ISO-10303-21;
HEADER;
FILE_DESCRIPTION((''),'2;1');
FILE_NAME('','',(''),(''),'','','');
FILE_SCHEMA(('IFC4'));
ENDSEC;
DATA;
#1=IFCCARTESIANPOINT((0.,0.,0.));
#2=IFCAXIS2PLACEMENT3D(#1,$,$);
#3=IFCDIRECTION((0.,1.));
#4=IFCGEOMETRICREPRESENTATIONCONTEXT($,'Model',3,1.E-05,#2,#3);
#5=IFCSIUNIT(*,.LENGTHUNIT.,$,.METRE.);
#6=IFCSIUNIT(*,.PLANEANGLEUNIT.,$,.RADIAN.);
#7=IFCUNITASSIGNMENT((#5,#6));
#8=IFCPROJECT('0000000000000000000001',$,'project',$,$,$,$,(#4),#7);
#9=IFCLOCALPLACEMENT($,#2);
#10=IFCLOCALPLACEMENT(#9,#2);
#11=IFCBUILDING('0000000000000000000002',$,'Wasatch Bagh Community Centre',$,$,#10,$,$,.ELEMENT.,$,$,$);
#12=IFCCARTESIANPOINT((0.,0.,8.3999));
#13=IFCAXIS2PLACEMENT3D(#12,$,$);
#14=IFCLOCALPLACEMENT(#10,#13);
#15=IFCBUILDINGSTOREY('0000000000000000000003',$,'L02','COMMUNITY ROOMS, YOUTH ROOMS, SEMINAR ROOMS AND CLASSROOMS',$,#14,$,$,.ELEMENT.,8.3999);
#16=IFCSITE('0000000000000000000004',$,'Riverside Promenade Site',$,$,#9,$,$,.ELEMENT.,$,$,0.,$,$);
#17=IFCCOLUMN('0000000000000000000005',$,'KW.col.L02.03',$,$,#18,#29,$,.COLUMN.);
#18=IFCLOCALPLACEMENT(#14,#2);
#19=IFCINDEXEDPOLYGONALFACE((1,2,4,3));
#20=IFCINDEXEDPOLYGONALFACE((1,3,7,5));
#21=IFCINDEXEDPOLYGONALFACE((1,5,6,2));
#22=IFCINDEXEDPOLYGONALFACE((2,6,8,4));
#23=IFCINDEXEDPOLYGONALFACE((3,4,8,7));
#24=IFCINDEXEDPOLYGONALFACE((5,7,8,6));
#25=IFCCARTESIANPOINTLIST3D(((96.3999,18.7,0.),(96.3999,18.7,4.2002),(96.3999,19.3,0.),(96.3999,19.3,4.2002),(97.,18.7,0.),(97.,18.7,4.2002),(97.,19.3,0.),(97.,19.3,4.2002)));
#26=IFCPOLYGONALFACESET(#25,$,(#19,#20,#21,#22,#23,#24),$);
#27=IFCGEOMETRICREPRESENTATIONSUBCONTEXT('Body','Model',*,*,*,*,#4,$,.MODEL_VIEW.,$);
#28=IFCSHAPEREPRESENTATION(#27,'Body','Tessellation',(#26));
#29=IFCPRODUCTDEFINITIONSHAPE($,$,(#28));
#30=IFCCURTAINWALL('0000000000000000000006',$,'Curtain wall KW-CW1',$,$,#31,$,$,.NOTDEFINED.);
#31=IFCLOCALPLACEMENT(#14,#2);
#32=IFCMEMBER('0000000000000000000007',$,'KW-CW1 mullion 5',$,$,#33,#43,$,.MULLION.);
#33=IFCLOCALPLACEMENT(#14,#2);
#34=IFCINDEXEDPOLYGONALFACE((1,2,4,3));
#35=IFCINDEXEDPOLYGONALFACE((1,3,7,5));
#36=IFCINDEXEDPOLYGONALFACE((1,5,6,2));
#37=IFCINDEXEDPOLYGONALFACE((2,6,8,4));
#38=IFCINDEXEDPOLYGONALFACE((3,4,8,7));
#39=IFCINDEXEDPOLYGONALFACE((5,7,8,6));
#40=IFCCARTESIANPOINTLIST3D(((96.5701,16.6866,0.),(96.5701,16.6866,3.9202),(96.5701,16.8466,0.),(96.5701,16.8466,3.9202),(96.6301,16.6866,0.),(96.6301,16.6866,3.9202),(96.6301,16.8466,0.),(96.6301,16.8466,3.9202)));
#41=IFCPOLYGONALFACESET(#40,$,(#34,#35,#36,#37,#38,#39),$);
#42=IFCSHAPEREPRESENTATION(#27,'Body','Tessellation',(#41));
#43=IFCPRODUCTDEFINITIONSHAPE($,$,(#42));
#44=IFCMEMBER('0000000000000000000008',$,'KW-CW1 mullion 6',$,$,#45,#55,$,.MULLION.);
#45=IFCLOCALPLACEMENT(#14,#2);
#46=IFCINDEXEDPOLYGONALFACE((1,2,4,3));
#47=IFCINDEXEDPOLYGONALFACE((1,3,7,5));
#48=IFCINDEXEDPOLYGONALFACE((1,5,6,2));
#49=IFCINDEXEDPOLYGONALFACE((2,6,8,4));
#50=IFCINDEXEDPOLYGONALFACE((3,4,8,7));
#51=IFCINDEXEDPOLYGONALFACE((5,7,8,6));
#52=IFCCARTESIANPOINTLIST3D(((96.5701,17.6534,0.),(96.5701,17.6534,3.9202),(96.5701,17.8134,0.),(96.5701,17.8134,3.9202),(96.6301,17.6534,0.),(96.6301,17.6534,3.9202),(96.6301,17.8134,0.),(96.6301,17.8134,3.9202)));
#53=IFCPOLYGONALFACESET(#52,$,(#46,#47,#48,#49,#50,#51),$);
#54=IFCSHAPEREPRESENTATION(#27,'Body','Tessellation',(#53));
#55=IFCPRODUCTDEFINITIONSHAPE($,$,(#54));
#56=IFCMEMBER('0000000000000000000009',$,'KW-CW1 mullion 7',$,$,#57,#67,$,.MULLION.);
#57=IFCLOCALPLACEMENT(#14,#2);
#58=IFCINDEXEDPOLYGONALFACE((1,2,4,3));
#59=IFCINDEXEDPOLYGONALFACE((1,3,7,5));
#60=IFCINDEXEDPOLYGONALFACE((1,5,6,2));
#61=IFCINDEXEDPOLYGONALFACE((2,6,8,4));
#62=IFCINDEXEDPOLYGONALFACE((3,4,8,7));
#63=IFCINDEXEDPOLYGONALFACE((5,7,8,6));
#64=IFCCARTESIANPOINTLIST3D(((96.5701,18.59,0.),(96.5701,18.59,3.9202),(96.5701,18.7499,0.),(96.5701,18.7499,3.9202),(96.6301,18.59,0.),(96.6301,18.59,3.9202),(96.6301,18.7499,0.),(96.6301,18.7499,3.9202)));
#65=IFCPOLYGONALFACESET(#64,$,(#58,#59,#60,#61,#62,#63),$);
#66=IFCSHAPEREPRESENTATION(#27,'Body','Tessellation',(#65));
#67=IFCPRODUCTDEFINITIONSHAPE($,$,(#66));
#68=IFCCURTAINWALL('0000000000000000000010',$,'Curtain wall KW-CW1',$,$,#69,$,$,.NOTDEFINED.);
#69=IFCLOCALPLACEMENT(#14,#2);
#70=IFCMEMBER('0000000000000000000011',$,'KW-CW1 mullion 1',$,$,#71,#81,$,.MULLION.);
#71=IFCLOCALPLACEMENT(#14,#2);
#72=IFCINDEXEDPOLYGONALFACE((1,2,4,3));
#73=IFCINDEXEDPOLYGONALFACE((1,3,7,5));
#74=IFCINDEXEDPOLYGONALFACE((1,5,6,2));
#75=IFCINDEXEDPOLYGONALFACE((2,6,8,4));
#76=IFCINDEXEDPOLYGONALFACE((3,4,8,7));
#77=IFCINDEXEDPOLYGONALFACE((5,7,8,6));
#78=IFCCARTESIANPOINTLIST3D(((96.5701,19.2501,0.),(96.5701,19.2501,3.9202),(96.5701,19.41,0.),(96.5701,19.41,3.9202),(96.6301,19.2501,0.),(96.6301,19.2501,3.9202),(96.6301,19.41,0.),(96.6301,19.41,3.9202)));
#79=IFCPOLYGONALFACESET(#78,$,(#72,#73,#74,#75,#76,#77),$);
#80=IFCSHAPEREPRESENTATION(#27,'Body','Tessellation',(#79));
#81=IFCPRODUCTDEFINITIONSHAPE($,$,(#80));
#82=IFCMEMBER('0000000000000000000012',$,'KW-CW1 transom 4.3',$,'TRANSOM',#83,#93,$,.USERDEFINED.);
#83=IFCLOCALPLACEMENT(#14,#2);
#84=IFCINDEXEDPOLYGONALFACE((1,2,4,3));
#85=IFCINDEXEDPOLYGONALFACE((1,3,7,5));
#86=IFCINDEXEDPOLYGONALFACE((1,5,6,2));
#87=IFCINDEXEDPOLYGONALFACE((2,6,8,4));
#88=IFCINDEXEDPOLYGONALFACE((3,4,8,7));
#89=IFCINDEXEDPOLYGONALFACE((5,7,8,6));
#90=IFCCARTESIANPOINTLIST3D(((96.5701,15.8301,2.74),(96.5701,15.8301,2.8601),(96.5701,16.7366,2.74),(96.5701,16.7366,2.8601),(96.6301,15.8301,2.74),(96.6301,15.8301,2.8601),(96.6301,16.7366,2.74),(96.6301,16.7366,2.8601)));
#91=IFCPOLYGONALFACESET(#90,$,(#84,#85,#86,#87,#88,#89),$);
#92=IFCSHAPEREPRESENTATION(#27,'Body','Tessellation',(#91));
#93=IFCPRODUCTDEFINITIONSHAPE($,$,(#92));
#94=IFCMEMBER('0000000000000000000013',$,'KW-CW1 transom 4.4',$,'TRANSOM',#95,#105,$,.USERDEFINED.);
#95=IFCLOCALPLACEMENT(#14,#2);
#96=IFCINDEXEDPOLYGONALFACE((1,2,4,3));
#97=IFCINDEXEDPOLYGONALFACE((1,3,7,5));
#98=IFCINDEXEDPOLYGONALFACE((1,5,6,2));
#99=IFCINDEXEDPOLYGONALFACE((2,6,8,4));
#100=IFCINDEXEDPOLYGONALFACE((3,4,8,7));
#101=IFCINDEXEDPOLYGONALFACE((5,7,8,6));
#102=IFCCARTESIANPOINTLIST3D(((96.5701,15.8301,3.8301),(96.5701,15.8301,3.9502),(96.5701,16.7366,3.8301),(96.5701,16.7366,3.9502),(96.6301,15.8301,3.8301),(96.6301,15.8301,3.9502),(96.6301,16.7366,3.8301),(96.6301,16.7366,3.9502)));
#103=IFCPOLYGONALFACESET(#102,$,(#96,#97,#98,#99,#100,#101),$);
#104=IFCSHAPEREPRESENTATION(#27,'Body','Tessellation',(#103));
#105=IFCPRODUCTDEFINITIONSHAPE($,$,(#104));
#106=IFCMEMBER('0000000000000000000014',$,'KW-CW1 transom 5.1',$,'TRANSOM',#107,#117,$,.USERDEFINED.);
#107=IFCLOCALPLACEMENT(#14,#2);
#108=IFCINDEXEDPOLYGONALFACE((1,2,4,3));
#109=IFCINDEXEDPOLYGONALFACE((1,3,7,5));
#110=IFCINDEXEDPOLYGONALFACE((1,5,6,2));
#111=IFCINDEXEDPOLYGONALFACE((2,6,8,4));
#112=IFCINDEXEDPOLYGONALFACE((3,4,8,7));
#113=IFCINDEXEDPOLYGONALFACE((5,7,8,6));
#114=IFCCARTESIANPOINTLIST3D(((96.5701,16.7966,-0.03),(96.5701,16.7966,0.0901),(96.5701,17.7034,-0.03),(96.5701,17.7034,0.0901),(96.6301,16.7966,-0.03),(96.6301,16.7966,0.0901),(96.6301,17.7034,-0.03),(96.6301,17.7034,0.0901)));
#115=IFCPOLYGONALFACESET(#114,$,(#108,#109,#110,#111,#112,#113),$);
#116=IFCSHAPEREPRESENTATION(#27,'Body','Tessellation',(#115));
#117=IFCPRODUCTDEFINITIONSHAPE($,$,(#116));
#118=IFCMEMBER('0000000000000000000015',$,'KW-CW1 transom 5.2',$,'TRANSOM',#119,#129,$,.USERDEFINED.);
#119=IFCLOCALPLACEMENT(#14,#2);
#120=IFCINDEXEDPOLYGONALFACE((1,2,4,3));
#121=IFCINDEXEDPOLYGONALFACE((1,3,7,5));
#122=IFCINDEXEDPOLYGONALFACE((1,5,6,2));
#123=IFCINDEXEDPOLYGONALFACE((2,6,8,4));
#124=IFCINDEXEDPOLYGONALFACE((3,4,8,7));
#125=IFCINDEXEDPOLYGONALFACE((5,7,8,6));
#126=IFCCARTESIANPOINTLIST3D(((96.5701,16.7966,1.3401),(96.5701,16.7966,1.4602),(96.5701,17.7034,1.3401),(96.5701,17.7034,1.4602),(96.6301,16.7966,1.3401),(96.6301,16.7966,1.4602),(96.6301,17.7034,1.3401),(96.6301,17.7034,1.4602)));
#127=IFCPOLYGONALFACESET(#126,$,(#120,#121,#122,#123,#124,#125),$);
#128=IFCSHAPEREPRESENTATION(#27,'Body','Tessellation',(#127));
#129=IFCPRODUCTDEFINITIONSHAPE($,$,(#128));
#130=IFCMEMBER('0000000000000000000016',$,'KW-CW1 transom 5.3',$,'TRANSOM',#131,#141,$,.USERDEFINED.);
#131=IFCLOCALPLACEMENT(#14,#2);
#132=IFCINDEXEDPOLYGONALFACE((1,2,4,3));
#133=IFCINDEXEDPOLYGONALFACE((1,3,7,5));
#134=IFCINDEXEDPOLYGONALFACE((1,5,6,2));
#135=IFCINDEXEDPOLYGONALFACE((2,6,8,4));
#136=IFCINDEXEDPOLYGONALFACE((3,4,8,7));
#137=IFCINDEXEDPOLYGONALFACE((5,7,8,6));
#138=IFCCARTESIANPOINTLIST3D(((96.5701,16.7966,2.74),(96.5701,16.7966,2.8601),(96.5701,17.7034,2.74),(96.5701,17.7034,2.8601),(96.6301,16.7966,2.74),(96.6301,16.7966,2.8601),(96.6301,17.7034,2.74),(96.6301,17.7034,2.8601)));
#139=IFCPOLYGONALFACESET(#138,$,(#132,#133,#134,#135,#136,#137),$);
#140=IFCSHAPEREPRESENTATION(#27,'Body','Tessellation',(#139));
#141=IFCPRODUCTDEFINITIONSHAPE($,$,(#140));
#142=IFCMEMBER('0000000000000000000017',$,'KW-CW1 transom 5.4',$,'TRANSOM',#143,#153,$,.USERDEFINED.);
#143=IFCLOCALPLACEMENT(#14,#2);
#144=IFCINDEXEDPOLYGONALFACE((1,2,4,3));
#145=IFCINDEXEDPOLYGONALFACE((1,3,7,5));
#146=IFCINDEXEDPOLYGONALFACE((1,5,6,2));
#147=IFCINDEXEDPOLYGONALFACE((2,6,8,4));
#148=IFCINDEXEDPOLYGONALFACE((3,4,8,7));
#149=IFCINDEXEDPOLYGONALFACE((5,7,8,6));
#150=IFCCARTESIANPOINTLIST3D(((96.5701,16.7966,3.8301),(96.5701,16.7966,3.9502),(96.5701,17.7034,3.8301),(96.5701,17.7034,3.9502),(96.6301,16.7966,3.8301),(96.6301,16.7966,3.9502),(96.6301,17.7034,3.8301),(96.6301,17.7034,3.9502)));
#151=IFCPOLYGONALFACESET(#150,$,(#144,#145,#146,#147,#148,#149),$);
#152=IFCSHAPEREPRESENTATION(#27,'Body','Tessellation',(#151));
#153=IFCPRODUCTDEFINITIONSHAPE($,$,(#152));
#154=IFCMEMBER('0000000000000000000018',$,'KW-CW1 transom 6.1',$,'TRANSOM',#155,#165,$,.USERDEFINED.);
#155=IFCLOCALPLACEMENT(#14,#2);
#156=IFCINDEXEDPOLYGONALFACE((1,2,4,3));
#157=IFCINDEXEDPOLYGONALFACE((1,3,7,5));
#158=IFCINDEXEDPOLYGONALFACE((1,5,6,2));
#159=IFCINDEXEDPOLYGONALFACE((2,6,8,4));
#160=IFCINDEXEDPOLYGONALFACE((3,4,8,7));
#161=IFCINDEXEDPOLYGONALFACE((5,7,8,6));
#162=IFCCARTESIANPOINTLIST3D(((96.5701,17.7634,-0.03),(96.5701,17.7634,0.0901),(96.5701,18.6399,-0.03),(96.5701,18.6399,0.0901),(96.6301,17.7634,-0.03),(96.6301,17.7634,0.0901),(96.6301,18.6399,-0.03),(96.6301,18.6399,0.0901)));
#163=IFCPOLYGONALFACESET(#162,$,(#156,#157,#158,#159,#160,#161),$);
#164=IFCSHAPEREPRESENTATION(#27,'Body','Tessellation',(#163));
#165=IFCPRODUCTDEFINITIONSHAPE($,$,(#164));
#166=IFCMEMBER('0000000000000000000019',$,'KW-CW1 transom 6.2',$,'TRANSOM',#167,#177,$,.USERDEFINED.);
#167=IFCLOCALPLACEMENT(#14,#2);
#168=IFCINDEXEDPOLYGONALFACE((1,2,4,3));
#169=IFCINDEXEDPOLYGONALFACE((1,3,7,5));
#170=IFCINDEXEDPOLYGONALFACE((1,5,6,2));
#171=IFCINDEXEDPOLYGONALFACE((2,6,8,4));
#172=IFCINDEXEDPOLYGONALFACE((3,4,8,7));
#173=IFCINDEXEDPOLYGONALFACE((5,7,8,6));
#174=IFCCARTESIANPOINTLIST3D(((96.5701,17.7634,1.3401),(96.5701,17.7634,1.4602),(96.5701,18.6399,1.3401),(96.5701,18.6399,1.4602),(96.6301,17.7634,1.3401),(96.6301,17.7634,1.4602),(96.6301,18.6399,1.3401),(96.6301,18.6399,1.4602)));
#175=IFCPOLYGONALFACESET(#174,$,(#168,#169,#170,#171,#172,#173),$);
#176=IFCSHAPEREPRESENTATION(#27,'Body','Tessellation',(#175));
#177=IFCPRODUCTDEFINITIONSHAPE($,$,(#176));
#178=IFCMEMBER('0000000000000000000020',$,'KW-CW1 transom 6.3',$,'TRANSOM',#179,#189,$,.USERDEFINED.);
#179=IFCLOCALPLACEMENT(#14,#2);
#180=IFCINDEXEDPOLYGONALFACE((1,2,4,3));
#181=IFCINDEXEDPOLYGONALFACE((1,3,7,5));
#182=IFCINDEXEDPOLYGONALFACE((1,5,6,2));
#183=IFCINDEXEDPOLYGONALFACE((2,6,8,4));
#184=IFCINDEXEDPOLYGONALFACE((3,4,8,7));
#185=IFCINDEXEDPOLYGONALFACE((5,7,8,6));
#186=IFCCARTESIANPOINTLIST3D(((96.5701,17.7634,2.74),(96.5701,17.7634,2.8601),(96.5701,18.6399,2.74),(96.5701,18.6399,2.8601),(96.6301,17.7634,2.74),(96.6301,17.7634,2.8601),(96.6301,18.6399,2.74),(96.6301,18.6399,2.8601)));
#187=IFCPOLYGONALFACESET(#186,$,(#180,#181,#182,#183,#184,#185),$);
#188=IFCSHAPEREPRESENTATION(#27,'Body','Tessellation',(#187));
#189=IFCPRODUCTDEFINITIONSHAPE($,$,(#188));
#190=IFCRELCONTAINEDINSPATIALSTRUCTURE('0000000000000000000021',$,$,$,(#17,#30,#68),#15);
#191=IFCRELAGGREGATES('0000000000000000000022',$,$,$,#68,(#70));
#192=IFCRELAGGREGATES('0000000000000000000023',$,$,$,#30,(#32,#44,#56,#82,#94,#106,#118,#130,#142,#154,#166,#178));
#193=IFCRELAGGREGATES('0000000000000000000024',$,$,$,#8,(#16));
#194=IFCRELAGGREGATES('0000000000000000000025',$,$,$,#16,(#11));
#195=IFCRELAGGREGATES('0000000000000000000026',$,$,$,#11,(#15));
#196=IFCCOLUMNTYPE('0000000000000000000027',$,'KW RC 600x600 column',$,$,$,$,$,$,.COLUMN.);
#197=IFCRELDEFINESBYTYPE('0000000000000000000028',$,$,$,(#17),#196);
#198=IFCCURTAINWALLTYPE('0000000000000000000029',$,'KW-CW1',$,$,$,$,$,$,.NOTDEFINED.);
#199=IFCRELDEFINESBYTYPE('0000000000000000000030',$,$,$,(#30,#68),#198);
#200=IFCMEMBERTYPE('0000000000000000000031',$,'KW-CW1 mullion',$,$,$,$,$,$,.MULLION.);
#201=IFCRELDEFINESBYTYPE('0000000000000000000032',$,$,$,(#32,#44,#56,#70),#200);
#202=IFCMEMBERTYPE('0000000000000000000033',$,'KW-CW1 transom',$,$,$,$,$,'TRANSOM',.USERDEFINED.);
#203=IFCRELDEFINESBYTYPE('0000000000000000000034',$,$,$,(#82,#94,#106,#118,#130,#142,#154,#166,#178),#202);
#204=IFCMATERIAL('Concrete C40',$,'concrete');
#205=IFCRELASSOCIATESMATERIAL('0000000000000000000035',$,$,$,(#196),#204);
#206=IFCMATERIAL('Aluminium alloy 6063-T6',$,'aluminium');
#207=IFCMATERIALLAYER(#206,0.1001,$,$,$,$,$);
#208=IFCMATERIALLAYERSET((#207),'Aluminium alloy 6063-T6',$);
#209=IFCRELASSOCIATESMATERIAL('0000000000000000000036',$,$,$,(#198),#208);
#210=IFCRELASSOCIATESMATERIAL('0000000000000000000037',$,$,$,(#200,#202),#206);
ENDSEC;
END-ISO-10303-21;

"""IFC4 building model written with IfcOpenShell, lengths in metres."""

from ifc_helpers import new_model, si_unit, direction, frame, origin, origin_2d, place, context, subcontext, project, spatial, rectangle, extrude, material, layer, layer_set, material_profile, profile_set, type_object, element, aggregate, save


model = new_model("IFC4")

# Units and contexts
model_context = context("Model", 3, precision=1e-05, world=origin(), true_north=direction((0.0, 1.0)))
body_context = subcontext(model_context, "Body", "Model", "MODEL_VIEW")
ifc_project = project(units=[si_unit("LENGTHUNIT", "METRE"), si_unit("PLANEANGLEUNIT", "RADIAN")], contexts=[model_context])

# Site, building, storey
site_placement = place(None, origin())
site = spatial("IfcSite", under=ifc_project, at=site_placement, Name="Riverside Promenade Site", CompositionType="ELEMENT", RefElevation=0.0)
building_placement = place(site_placement, origin())
building = spatial("IfcBuilding", under=site, at=building_placement, Name="Wasatch Bagh Community Centre", CompositionType="ELEMENT")
storey_placement = place(building_placement, frame((0.0, 0.0, 8.3999)))
storey = spatial("IfcBuildingStorey", under=building, at=storey_placement, Name="L02", Description="COMMUNITY ROOMS, YOUTH ROOMS, SEMINAR ROOMS AND CLASSROOMS", CompositionType="ELEMENT", Elevation=8.3999)

# Column
ifc_material_1 = material(Name="Concrete C40", Category="concrete")
ifc_material_profile_1 = material_profile(ifc_material_1, rectangle(XDim=0.6001, YDim=0.6001, at=origin_2d()), Name="RC 600x600")
ifc_profile_set_1 = profile_set([ifc_material_profile_1], Name="Concrete C40")
column_type = type_object("IfcColumnType", Name="KW RC 600x600 column", PredefinedType="COLUMN", material=ifc_profile_set_1)
column_placement = place(storey_placement, frame((96.7, 19.0, 0.0), z_axis=(0.0, 0.0, 1.0), x_axis=(1.0, 0.0, 0.0)))
element("IfcColumn", 1, at=column_placement, inside=storey, type_object=column_type, Name="KW.col.L02.03", PredefinedType="COLUMN", context=body_context, shape_type="SweptSolid", body=[
    extrude(rectangle(XDim=0.6001, YDim=0.6001, at=origin_2d()), origin(), (0.0, 0.0, 1.0), 4.2002),
])

# Curtain wall, members
ifc_material_2 = material(Name="Aluminium alloy 6063-T6", Category="aluminium")
ifc_layer_1 = layer(ifc_material_2, 0.1001)
ifc_layer_set_1 = layer_set([ifc_layer_1], Name="Aluminium alloy 6063-T6")
curtain_wall_type = type_object("IfcCurtainWallType", Name="KW-CW1", PredefinedType="NOTDEFINED", material=ifc_layer_set_1)
curtain_wall_1_placement = place(storey_placement, origin())
curtain_wall_1 = element("IfcCurtainWall", 2, at=curtain_wall_1_placement, inside=storey, type_object=curtain_wall_type, Name="Curtain wall KW-CW1", PredefinedType="NOTDEFINED")
ifc_material_profile_2 = material_profile(ifc_material_2, rectangle(XDim=0.0601, YDim=0.1599, at=origin_2d()), Name="AL 60x160")
ifc_profile_set_2 = profile_set([ifc_material_profile_2], Name="Aluminium alloy 6063-T6")
member_type_1 = type_object("IfcMemberType", Name="KW-CW1 mullion", PredefinedType="MULLION", material=ifc_profile_set_2)
member_1_placement = place(storey_placement, frame((96.6001, 16.7666, 0.0), z_axis=(0.0, 0.0, 1.0), x_axis=(-1.0, 0.0, 0.0)))
member_1 = element("IfcMember", 3, at=member_1_placement, type_object=member_type_1, Name="KW-CW1 mullion 5", PredefinedType="MULLION", context=body_context, shape_type="SweptSolid", body=[
    extrude(rectangle(XDim=0.0601, YDim=0.1599, at=origin_2d()), origin(), (0.0, 0.0, 1.0), 3.9202),
])
member_2_placement = place(storey_placement, frame((96.6001, 17.7334, 0.0), z_axis=(0.0, 0.0, 1.0), x_axis=(-1.0, 0.0, 0.0)))
member_2 = element("IfcMember", 4, at=member_2_placement, type_object=member_type_1, Name="KW-CW1 mullion 6", PredefinedType="MULLION", context=body_context, shape_type="SweptSolid", body=[
    extrude(rectangle(XDim=0.0601, YDim=0.1599, at=origin_2d()), origin(), (0.0, 0.0, 1.0), 3.9202),
])
member_3_placement = place(storey_placement, frame((96.6001, 18.6699, 0.0), z_axis=(0.0, 0.0, 1.0), x_axis=(-1.0, 0.0, 0.0)))
member_3 = element("IfcMember", 5, at=member_3_placement, type_object=member_type_1, Name="KW-CW1 mullion 7", PredefinedType="MULLION", context=body_context, shape_type="SweptSolid", body=[
    extrude(rectangle(XDim=0.0601, YDim=0.1599, at=origin_2d()), origin(), (0.0, 0.0, 1.0), 3.9202),
])

# Curtain wall, member
curtain_wall_2_placement = place(storey_placement, origin())
curtain_wall_2 = element("IfcCurtainWall", 6, at=curtain_wall_2_placement, inside=storey, type_object=curtain_wall_type, Name="Curtain wall KW-CW1", PredefinedType="NOTDEFINED")
member_4_placement = place(storey_placement, frame((96.6001, 19.3301, 0.0), z_axis=(0.0, 0.0, 1.0), x_axis=(-1.0, 0.0, 0.0)))
member_4 = element("IfcMember", 7, at=member_4_placement, type_object=member_type_1, Name="KW-CW1 mullion 1", PredefinedType="MULLION", context=body_context, shape_type="SweptSolid", body=[
    extrude(rectangle(XDim=0.0601, YDim=0.1599, at=origin_2d()), origin(), (0.0, 0.0, 1.0), 3.9202),
])

# Members
ifc_material_profile_3 = material_profile(ifc_material_2, rectangle(XDim=0.0601, YDim=0.1201, at=origin_2d()), Name="AL 60x120")
ifc_profile_set_3 = profile_set([ifc_material_profile_3], Name="Aluminium alloy 6063-T6")
member_type_2 = type_object("IfcMemberType", Name="KW-CW1 transom", ElementType="TRANSOM", PredefinedType="USERDEFINED", material=ifc_profile_set_3)
member_5_placement = place(storey_placement, frame((96.6001, 15.8301, 2.8), z_axis=(0.0, 1.0, 0.0), x_axis=(-1.0, 0.0, 0.0)))
member_5 = element("IfcMember", 8, at=member_5_placement, type_object=member_type_2, Name="KW-CW1 transom 4.3", ObjectType="TRANSOM", PredefinedType="USERDEFINED", context=body_context, shape_type="SweptSolid", body=[
    extrude(rectangle(XDim=0.0601, YDim=0.1201, at=origin_2d()), origin(), (0.0, 0.0, 1.0), 0.9065),
])
member_6_placement = place(storey_placement, frame((96.6001, 15.8301, 3.8901), z_axis=(0.0, 1.0, 0.0), x_axis=(-1.0, 0.0, 0.0)))
member_6 = element("IfcMember", 9, at=member_6_placement, type_object=member_type_2, Name="KW-CW1 transom 4.4", ObjectType="TRANSOM", PredefinedType="USERDEFINED", context=body_context, shape_type="SweptSolid", body=[
    extrude(rectangle(XDim=0.0601, YDim=0.1201, at=origin_2d()), origin(), (0.0, 0.0, 1.0), 0.9065),
])
member_7_placement = place(storey_placement, frame((96.6001, 16.7966, 0.03), z_axis=(0.0, 1.0, 0.0), x_axis=(-1.0, 0.0, 0.0)))
member_7 = element("IfcMember", 10, at=member_7_placement, type_object=member_type_2, Name="KW-CW1 transom 5.1", ObjectType="TRANSOM", PredefinedType="USERDEFINED", context=body_context, shape_type="SweptSolid", body=[
    extrude(rectangle(XDim=0.0601, YDim=0.1201, at=origin_2d()), origin(), (0.0, 0.0, 1.0), 0.9067),
])
member_8_placement = place(storey_placement, frame((96.6001, 16.7966, 1.4001), z_axis=(0.0, 1.0, 0.0), x_axis=(-1.0, 0.0, 0.0)))
member_8 = element("IfcMember", 11, at=member_8_placement, type_object=member_type_2, Name="KW-CW1 transom 5.2", ObjectType="TRANSOM", PredefinedType="USERDEFINED", context=body_context, shape_type="SweptSolid", body=[
    extrude(rectangle(XDim=0.0601, YDim=0.1201, at=origin_2d()), origin(), (0.0, 0.0, 1.0), 0.9067),
])
member_9_placement = place(storey_placement, frame((96.6001, 16.7966, 2.8), z_axis=(0.0, 1.0, 0.0), x_axis=(-1.0, 0.0, 0.0)))
member_9 = element("IfcMember", 12, at=member_9_placement, type_object=member_type_2, Name="KW-CW1 transom 5.3", ObjectType="TRANSOM", PredefinedType="USERDEFINED", context=body_context, shape_type="SweptSolid", body=[
    extrude(rectangle(XDim=0.0601, YDim=0.1201, at=origin_2d()), origin(), (0.0, 0.0, 1.0), 0.9067),
])
member_10_placement = place(storey_placement, frame((96.6001, 16.7966, 3.8901), z_axis=(0.0, 1.0, 0.0), x_axis=(-1.0, 0.0, 0.0)))
member_10 = element("IfcMember", 13, at=member_10_placement, type_object=member_type_2, Name="KW-CW1 transom 5.4", ObjectType="TRANSOM", PredefinedType="USERDEFINED", context=body_context, shape_type="SweptSolid", body=[
    extrude(rectangle(XDim=0.0601, YDim=0.1201, at=origin_2d()), origin(), (0.0, 0.0, 1.0), 0.9067),
])
member_11_placement = place(storey_placement, frame((96.6001, 17.7634, 0.03), z_axis=(0.0, 1.0, 0.0), x_axis=(-1.0, 0.0, 0.0)))
member_11 = element("IfcMember", 14, at=member_11_placement, type_object=member_type_2, Name="KW-CW1 transom 6.1", ObjectType="TRANSOM", PredefinedType="USERDEFINED", context=body_context, shape_type="SweptSolid", body=[
    extrude(rectangle(XDim=0.0601, YDim=0.1201, at=origin_2d()), origin(), (0.0, 0.0, 1.0), 0.8765),
])
member_12_placement = place(storey_placement, frame((96.6001, 17.7634, 1.4001), z_axis=(0.0, 1.0, 0.0), x_axis=(-1.0, 0.0, 0.0)))
member_12 = element("IfcMember", 15, at=member_12_placement, type_object=member_type_2, Name="KW-CW1 transom 6.2", ObjectType="TRANSOM", PredefinedType="USERDEFINED", context=body_context, shape_type="SweptSolid", body=[
    extrude(rectangle(XDim=0.0601, YDim=0.1201, at=origin_2d()), origin(), (0.0, 0.0, 1.0), 0.8765),
])
member_13_placement = place(storey_placement, frame((96.6001, 17.7634, 2.8), z_axis=(0.0, 1.0, 0.0), x_axis=(-1.0, 0.0, 0.0)))
member_13 = element("IfcMember", 16, at=member_13_placement, type_object=member_type_2, Name="KW-CW1 transom 6.3", ObjectType="TRANSOM", PredefinedType="USERDEFINED", context=body_context, shape_type="SweptSolid", body=[
    extrude(rectangle(XDim=0.0601, YDim=0.1201, at=origin_2d()), origin(), (0.0, 0.0, 1.0), 0.8765),
])
aggregate(curtain_wall_2, [member_4])

aggregate(curtain_wall_1, [member_1, member_2, member_3, member_5, member_6, member_7, member_8, member_9, member_10, member_11, member_12, member_13])

save(model, "model.ifc")
